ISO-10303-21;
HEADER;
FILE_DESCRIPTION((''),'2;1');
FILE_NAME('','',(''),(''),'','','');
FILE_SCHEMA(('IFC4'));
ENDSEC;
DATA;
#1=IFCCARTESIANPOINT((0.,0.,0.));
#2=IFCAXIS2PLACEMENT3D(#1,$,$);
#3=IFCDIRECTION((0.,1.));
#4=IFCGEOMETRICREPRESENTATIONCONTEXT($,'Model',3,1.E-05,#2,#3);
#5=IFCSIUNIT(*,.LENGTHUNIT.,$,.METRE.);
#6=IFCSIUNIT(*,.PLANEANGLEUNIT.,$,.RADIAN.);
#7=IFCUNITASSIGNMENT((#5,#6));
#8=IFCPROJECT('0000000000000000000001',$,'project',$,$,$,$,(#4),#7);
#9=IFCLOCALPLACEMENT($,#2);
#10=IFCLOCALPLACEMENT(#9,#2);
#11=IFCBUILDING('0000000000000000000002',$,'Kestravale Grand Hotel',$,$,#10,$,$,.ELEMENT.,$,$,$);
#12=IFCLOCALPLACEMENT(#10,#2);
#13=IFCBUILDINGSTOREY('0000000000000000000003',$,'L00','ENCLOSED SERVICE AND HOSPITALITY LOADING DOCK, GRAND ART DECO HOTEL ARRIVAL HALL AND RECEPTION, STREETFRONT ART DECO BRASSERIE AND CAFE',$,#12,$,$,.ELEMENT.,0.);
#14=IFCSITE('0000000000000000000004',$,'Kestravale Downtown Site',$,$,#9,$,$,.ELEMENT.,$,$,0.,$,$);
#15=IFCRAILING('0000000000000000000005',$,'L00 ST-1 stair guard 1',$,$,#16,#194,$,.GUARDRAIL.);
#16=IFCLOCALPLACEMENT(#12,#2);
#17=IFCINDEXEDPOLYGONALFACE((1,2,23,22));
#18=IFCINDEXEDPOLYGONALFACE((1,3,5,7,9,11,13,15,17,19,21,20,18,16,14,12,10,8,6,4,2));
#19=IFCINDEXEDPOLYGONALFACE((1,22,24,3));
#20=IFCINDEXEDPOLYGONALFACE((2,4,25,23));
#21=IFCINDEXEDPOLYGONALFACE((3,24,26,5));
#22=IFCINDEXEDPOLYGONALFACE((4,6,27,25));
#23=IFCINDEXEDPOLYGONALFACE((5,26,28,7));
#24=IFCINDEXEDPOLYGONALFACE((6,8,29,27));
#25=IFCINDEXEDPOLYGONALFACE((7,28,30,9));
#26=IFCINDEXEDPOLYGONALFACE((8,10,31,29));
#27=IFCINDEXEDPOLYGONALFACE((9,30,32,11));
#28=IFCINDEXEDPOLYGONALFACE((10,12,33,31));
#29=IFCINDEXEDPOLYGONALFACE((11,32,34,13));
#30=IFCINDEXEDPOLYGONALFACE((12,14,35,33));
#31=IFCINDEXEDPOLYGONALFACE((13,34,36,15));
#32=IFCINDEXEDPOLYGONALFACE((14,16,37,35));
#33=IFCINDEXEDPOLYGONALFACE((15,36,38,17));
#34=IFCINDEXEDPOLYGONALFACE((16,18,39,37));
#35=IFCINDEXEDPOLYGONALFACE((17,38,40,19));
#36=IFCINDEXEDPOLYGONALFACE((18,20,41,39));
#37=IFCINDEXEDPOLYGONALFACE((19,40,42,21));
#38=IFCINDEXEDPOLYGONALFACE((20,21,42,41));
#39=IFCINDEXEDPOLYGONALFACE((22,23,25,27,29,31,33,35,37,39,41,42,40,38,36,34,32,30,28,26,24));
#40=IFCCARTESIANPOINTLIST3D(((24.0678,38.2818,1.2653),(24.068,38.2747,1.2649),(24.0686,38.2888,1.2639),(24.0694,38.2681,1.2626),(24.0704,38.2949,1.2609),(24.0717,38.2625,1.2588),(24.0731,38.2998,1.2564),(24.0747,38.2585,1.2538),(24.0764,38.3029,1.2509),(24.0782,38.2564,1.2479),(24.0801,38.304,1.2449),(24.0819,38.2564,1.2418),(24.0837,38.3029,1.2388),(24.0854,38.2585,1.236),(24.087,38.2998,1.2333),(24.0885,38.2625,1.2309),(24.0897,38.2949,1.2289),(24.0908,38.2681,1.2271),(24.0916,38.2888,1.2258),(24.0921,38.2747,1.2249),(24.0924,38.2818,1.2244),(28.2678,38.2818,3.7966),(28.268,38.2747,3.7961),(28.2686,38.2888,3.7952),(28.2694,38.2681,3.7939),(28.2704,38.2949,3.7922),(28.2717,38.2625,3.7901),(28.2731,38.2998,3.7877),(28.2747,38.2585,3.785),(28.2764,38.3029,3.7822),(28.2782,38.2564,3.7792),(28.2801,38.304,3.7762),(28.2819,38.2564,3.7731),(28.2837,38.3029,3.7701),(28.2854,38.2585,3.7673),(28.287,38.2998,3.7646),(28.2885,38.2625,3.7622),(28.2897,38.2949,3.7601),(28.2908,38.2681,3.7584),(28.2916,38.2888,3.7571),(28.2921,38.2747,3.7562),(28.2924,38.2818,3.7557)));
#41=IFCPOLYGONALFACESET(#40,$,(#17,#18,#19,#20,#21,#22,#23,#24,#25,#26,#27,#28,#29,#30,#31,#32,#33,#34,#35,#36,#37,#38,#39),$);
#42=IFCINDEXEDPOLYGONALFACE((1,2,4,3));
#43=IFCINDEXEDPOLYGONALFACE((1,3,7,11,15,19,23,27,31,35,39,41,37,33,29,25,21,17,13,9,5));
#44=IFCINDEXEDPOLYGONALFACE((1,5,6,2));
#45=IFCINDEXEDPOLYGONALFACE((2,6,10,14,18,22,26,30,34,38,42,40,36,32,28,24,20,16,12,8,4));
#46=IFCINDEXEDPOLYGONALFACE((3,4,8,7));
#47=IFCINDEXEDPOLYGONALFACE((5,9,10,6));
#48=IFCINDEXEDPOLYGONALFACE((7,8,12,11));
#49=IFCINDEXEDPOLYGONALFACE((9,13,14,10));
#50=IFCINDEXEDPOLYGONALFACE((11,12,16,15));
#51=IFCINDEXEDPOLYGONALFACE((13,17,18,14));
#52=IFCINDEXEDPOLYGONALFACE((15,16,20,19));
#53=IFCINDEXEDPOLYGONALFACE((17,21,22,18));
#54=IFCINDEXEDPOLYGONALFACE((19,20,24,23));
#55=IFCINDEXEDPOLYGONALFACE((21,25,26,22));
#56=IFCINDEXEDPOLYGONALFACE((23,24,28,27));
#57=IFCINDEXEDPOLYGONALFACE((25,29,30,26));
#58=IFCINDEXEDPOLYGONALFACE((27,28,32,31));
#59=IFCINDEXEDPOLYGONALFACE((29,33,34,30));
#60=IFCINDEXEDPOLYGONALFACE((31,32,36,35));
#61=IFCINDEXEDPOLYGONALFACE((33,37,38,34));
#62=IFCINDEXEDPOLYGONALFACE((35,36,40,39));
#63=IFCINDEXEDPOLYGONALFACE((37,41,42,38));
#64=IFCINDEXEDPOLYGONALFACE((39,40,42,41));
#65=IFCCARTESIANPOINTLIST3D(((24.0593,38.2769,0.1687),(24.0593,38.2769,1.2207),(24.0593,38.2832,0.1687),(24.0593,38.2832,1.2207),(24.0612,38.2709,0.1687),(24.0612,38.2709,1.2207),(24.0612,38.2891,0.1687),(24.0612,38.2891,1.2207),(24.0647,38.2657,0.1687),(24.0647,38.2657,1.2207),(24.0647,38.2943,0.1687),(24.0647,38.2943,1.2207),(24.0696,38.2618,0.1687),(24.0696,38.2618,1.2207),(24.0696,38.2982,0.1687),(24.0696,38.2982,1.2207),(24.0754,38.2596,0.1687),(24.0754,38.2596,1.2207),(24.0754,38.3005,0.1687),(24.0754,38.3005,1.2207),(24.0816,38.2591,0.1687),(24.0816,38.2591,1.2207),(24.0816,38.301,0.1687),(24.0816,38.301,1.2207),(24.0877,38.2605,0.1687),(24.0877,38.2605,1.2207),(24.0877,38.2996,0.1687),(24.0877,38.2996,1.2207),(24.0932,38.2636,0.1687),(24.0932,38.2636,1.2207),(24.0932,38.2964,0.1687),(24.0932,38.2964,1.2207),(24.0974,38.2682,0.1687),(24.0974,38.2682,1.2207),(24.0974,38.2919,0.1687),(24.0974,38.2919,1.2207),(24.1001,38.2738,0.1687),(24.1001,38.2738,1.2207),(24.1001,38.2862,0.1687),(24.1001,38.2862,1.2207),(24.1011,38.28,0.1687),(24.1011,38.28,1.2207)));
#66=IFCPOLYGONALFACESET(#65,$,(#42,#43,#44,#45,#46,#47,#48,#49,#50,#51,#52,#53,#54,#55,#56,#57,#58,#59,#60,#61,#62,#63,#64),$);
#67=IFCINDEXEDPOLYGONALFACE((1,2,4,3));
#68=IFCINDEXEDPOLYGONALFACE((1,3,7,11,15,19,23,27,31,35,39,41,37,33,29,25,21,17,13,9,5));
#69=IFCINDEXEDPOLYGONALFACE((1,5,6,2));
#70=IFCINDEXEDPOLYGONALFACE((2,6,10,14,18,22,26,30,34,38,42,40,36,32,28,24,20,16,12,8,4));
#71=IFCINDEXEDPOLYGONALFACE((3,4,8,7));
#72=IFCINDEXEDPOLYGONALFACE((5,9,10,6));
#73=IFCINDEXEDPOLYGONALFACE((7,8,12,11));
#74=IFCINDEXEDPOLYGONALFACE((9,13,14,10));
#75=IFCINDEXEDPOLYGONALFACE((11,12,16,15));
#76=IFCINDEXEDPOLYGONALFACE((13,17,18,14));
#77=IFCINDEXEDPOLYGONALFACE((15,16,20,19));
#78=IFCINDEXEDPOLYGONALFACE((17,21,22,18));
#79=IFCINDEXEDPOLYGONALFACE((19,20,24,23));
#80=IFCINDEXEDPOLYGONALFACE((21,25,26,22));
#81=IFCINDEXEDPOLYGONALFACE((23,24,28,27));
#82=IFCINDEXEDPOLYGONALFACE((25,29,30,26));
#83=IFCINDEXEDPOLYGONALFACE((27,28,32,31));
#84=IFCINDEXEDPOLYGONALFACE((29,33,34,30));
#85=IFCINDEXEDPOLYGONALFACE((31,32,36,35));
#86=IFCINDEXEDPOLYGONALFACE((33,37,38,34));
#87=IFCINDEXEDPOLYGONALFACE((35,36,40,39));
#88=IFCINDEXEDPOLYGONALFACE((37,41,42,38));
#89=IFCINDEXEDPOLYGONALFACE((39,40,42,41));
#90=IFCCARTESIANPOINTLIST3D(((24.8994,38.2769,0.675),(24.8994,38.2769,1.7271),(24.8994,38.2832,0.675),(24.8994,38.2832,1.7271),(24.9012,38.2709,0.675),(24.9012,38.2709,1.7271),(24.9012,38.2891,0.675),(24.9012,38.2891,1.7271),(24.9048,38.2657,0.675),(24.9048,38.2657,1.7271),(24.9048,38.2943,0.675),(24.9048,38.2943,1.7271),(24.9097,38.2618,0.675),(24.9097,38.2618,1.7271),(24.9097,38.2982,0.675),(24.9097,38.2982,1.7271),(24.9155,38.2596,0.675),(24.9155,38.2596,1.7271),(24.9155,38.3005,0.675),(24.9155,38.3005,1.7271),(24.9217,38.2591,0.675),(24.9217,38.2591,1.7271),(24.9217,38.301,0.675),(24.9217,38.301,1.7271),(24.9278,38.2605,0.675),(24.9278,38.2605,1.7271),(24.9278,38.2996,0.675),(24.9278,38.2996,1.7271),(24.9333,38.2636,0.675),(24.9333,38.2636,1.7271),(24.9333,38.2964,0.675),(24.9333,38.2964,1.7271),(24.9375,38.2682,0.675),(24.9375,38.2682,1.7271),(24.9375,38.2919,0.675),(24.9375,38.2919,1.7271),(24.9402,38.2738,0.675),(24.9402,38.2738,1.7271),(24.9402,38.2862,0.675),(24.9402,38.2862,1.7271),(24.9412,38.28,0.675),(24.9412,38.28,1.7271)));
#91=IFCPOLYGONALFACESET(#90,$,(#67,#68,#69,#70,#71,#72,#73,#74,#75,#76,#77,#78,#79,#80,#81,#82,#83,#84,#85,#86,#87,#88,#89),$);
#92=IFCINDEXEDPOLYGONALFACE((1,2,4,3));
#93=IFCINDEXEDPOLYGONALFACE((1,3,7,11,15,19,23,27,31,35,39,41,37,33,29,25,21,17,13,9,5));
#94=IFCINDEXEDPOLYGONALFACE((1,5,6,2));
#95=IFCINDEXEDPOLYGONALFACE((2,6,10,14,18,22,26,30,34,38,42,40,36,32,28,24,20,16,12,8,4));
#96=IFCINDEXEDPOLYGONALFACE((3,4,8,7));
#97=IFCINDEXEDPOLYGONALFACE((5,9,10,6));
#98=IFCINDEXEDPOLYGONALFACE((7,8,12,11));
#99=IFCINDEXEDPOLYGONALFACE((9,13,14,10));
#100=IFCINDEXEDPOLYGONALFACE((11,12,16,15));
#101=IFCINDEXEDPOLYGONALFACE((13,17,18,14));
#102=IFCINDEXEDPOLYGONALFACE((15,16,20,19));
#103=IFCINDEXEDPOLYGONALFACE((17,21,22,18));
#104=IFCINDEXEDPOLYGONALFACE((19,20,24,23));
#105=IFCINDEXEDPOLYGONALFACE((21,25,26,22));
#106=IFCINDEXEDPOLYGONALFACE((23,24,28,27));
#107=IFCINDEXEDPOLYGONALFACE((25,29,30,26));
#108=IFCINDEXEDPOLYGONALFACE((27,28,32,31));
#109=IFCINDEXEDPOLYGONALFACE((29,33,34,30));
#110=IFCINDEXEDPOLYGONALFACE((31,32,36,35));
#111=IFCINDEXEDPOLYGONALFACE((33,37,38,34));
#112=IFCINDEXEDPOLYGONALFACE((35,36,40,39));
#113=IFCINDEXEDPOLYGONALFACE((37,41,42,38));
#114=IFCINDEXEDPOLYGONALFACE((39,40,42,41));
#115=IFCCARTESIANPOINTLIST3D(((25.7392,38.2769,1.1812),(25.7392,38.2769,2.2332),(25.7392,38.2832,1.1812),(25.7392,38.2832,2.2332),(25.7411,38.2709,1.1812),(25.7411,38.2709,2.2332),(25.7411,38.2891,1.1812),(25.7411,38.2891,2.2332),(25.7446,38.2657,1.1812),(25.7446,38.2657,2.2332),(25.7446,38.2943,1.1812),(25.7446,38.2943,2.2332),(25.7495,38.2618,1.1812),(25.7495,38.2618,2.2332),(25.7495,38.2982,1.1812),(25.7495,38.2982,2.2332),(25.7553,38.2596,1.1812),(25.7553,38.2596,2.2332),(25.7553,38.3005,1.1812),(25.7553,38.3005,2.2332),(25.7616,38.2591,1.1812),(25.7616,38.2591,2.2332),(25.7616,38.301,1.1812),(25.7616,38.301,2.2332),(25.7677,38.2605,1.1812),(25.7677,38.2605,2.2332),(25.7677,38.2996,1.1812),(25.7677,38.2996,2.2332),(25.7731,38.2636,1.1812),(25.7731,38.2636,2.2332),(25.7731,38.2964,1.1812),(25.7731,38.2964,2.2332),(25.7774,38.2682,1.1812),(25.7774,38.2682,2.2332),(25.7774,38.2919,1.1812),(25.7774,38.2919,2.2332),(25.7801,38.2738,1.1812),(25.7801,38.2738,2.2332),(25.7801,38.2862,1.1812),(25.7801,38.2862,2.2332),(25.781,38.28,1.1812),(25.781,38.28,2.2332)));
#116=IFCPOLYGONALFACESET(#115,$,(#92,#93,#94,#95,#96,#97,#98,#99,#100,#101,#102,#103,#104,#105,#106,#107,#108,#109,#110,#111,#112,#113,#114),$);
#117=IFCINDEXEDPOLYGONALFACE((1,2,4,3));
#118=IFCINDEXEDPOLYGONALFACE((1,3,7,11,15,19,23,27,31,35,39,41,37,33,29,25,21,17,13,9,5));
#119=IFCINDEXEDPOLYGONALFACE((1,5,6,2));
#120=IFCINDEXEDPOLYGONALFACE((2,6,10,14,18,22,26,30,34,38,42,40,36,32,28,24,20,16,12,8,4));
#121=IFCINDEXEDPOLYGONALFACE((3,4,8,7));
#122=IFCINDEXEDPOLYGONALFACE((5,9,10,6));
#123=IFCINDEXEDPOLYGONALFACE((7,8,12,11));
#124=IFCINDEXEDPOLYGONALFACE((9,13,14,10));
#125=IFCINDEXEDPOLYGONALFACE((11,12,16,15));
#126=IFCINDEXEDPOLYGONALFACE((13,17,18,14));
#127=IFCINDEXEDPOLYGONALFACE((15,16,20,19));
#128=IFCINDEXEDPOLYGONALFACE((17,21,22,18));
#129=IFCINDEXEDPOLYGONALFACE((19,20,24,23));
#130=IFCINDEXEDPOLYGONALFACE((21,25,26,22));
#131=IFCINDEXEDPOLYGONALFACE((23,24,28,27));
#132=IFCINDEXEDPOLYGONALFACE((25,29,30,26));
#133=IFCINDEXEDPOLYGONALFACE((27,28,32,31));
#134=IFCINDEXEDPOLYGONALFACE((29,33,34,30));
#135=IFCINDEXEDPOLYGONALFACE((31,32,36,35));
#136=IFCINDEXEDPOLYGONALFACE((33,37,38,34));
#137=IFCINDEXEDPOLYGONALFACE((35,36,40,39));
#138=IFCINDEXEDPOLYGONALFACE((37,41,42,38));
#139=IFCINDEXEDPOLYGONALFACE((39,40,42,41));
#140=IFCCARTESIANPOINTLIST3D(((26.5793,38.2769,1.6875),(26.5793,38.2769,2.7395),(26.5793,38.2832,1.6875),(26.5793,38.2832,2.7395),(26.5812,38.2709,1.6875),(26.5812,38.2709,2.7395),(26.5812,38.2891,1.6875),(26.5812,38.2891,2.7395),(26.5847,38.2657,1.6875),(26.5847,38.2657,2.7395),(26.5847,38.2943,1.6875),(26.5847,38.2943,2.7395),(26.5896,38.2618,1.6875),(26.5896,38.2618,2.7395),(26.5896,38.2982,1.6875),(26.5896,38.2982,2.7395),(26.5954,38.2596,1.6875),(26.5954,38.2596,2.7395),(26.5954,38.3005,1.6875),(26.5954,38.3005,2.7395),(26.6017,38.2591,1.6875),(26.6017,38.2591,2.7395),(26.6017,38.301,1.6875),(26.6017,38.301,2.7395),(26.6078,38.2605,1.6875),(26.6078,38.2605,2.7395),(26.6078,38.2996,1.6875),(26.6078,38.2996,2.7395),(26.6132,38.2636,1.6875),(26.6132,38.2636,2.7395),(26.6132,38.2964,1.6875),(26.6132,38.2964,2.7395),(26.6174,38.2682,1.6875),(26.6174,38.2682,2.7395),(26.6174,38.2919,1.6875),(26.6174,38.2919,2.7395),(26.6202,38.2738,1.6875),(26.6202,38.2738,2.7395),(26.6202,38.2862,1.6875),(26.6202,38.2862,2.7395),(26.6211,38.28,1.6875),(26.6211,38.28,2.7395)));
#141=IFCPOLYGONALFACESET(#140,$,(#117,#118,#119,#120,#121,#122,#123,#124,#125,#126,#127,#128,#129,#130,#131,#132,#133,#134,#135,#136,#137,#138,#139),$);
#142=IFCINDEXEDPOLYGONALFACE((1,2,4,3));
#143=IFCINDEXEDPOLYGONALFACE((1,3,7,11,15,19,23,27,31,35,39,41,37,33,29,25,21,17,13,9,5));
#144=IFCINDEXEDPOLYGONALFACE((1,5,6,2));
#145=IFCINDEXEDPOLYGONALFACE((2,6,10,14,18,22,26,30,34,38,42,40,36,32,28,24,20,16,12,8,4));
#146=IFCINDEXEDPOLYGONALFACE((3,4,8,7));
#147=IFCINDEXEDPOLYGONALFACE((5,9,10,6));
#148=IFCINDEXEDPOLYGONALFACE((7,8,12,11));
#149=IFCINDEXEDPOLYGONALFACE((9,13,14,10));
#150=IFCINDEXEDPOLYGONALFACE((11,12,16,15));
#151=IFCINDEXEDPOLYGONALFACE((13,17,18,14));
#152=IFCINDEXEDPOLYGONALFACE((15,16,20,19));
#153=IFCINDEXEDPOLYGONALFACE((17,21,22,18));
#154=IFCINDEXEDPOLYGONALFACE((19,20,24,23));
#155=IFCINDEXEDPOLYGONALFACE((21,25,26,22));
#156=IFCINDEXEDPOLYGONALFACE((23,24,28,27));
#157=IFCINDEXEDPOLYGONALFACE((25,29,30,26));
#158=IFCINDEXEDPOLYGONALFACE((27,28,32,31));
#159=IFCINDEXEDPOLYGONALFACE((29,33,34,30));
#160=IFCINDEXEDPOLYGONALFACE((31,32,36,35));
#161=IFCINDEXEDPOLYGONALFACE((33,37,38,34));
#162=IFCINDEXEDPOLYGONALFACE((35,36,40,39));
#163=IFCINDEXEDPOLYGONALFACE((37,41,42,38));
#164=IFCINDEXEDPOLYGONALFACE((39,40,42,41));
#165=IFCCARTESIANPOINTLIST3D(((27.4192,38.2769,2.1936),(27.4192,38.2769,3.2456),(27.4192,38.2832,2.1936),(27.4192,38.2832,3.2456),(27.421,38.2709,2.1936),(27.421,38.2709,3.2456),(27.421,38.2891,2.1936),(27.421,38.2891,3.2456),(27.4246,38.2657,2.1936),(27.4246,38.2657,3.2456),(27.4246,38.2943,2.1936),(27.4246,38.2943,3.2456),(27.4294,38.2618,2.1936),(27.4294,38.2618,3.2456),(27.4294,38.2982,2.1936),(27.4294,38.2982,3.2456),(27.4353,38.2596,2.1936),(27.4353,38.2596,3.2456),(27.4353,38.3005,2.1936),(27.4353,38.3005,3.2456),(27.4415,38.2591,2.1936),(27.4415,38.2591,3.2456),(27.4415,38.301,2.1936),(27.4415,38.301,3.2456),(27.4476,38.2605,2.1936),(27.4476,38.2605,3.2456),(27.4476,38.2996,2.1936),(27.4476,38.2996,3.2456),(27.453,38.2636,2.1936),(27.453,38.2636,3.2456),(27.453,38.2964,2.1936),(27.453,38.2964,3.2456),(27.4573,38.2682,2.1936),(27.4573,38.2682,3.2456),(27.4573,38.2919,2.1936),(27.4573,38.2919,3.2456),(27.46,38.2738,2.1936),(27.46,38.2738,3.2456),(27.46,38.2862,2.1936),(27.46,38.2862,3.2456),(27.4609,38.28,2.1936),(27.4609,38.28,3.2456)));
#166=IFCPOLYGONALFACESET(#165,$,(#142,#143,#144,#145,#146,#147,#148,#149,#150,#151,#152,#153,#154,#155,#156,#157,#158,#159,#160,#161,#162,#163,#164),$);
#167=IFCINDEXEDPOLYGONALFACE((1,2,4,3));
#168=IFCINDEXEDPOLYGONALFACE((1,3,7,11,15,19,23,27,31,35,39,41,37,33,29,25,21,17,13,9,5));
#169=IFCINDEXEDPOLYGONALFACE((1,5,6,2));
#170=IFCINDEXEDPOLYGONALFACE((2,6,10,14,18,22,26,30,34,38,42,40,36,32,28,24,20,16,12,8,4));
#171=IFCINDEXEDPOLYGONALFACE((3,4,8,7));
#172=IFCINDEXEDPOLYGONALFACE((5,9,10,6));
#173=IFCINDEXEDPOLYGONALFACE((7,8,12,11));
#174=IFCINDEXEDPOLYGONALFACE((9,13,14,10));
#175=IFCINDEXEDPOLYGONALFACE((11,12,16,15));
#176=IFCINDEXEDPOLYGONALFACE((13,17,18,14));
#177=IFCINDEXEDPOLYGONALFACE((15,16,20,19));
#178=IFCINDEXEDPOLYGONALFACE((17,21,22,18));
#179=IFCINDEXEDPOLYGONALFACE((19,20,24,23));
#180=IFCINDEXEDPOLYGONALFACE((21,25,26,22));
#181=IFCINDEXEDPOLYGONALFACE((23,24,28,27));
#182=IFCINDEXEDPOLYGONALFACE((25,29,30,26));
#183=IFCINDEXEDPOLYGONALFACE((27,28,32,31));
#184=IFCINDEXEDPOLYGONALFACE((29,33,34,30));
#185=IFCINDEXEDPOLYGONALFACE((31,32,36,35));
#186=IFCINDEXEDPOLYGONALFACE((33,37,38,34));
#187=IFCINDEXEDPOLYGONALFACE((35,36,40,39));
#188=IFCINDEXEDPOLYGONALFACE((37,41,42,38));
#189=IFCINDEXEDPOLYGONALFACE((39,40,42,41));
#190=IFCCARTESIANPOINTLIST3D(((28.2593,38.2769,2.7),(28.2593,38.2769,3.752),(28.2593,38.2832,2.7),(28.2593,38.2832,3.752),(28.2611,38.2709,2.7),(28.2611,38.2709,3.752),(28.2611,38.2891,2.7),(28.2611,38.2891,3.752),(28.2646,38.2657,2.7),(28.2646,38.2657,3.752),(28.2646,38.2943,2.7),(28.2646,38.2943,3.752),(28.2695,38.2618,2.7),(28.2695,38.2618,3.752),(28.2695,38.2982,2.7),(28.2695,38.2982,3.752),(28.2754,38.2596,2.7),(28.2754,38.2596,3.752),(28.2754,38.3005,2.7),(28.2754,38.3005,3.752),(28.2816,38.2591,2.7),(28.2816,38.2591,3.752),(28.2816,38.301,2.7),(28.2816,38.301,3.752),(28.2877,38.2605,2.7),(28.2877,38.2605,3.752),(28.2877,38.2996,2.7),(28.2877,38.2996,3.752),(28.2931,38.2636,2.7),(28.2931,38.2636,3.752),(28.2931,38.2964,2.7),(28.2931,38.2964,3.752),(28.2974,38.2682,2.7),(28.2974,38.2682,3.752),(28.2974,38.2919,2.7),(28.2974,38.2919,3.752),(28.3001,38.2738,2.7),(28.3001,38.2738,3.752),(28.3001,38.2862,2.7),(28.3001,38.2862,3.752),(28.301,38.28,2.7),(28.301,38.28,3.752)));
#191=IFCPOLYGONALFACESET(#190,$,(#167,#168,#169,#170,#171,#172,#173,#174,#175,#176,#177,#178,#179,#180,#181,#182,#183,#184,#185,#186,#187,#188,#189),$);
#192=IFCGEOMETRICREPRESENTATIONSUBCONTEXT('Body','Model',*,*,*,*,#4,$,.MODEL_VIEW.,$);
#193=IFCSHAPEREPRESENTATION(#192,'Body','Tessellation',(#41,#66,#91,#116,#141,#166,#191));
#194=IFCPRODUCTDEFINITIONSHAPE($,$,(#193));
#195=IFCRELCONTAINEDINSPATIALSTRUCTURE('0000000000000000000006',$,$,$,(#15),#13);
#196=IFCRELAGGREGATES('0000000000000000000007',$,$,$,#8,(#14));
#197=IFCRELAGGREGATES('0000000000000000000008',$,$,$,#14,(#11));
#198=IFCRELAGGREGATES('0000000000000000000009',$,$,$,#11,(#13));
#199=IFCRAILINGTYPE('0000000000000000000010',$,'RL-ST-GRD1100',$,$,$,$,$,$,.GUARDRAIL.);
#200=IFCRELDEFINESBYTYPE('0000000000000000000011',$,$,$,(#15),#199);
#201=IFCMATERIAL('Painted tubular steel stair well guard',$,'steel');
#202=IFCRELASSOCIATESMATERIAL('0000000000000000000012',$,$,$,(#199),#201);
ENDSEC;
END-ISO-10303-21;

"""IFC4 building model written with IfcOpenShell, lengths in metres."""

from ifc_helpers import new_model, si_unit, direction, frame, origin, origin_2d, place, context, subcontext, project, spatial, circle, extrude, material, type_object, element, save


model = new_model("IFC4")

# Units and contexts
model_context = context("Model", 3, precision=1e-05, world=origin(), true_north=direction((0.0, 1.0)))
body_context = subcontext(model_context, "Body", "Model", "MODEL_VIEW")
ifc_project = project(units=[si_unit("LENGTHUNIT", "METRE"), si_unit("PLANEANGLEUNIT", "RADIAN")], contexts=[model_context])

# Site, building, storey
site_placement = place(None, origin())
site = spatial("IfcSite", under=ifc_project, at=site_placement, Name="Kestravale Downtown Site", CompositionType="ELEMENT", RefElevation=0.0)
building_placement = place(site_placement, origin())
building = spatial("IfcBuilding", under=site, at=building_placement, Name="Kestravale Grand Hotel", CompositionType="ELEMENT")
storey_placement = place(building_placement, origin())
storey = spatial("IfcBuildingStorey", under=building, at=storey_placement, Name="L00", Description="ENCLOSED SERVICE AND HOSPITALITY LOADING DOCK, GRAND ART DECO HOTEL ARRIVAL HALL AND RECEPTION, STREETFRONT ART DECO BRASSERIE AND CAFE", CompositionType="ELEMENT", Elevation=0.0)

# Railing
ifc_material_1 = material(Name="Painted tubular steel stair well guard", Category="steel")
railing_type_1 = type_object("IfcRailingType", Name="RL-ST-GRD1100", PredefinedType="GUARDRAIL", material=ifc_material_1)
railing_1_placement = place(storey_placement, frame((24.0801, 38.28, 0.1687)))
element("IfcRailing", 1, at=railing_1_placement, inside=storey, type_object=railing_type_1, Name="L00 ST-1 stair guard 1", PredefinedType="GUARDRAIL", context=body_context, shape_type="SweptSolid", body=[
    extrude(circle(Radius=0.0239, at=origin_2d()), frame((0.0, 0.0, 1.0762), z_axis=(0.856476, 0.0, 0.516186), x_axis=(0.0, 1.0, 0.0)), (0.0, 0.0, 1.0), 4.9038),
    extrude(circle(Radius=0.021, at=origin_2d()), origin(), (0.0, 0.0, 1.0), 1.052),
    extrude(circle(Radius=0.021, at=origin_2d()), frame((0.8401, 0.0, 0.5063)), (0.0, 0.0, 1.0), 1.052),
    extrude(circle(Radius=0.021, at=origin_2d()), frame((1.6799, 0.0, 1.0125)), (0.0, 0.0, 1.0), 1.052),
    extrude(circle(Radius=0.021, at=origin_2d()), frame((2.52, 0.0, 1.5188)), (0.0, 0.0, 1.0), 1.052),
    extrude(circle(Radius=0.021, at=origin_2d()), frame((3.3599, 0.0, 2.0249)), (0.0, 0.0, 1.0), 1.052),
    extrude(circle(Radius=0.021, at=origin_2d()), frame((4.2, 0.0, 2.5312)), (0.0, 0.0, 1.0), 1.052),
])

save(model, "model.ifc")
